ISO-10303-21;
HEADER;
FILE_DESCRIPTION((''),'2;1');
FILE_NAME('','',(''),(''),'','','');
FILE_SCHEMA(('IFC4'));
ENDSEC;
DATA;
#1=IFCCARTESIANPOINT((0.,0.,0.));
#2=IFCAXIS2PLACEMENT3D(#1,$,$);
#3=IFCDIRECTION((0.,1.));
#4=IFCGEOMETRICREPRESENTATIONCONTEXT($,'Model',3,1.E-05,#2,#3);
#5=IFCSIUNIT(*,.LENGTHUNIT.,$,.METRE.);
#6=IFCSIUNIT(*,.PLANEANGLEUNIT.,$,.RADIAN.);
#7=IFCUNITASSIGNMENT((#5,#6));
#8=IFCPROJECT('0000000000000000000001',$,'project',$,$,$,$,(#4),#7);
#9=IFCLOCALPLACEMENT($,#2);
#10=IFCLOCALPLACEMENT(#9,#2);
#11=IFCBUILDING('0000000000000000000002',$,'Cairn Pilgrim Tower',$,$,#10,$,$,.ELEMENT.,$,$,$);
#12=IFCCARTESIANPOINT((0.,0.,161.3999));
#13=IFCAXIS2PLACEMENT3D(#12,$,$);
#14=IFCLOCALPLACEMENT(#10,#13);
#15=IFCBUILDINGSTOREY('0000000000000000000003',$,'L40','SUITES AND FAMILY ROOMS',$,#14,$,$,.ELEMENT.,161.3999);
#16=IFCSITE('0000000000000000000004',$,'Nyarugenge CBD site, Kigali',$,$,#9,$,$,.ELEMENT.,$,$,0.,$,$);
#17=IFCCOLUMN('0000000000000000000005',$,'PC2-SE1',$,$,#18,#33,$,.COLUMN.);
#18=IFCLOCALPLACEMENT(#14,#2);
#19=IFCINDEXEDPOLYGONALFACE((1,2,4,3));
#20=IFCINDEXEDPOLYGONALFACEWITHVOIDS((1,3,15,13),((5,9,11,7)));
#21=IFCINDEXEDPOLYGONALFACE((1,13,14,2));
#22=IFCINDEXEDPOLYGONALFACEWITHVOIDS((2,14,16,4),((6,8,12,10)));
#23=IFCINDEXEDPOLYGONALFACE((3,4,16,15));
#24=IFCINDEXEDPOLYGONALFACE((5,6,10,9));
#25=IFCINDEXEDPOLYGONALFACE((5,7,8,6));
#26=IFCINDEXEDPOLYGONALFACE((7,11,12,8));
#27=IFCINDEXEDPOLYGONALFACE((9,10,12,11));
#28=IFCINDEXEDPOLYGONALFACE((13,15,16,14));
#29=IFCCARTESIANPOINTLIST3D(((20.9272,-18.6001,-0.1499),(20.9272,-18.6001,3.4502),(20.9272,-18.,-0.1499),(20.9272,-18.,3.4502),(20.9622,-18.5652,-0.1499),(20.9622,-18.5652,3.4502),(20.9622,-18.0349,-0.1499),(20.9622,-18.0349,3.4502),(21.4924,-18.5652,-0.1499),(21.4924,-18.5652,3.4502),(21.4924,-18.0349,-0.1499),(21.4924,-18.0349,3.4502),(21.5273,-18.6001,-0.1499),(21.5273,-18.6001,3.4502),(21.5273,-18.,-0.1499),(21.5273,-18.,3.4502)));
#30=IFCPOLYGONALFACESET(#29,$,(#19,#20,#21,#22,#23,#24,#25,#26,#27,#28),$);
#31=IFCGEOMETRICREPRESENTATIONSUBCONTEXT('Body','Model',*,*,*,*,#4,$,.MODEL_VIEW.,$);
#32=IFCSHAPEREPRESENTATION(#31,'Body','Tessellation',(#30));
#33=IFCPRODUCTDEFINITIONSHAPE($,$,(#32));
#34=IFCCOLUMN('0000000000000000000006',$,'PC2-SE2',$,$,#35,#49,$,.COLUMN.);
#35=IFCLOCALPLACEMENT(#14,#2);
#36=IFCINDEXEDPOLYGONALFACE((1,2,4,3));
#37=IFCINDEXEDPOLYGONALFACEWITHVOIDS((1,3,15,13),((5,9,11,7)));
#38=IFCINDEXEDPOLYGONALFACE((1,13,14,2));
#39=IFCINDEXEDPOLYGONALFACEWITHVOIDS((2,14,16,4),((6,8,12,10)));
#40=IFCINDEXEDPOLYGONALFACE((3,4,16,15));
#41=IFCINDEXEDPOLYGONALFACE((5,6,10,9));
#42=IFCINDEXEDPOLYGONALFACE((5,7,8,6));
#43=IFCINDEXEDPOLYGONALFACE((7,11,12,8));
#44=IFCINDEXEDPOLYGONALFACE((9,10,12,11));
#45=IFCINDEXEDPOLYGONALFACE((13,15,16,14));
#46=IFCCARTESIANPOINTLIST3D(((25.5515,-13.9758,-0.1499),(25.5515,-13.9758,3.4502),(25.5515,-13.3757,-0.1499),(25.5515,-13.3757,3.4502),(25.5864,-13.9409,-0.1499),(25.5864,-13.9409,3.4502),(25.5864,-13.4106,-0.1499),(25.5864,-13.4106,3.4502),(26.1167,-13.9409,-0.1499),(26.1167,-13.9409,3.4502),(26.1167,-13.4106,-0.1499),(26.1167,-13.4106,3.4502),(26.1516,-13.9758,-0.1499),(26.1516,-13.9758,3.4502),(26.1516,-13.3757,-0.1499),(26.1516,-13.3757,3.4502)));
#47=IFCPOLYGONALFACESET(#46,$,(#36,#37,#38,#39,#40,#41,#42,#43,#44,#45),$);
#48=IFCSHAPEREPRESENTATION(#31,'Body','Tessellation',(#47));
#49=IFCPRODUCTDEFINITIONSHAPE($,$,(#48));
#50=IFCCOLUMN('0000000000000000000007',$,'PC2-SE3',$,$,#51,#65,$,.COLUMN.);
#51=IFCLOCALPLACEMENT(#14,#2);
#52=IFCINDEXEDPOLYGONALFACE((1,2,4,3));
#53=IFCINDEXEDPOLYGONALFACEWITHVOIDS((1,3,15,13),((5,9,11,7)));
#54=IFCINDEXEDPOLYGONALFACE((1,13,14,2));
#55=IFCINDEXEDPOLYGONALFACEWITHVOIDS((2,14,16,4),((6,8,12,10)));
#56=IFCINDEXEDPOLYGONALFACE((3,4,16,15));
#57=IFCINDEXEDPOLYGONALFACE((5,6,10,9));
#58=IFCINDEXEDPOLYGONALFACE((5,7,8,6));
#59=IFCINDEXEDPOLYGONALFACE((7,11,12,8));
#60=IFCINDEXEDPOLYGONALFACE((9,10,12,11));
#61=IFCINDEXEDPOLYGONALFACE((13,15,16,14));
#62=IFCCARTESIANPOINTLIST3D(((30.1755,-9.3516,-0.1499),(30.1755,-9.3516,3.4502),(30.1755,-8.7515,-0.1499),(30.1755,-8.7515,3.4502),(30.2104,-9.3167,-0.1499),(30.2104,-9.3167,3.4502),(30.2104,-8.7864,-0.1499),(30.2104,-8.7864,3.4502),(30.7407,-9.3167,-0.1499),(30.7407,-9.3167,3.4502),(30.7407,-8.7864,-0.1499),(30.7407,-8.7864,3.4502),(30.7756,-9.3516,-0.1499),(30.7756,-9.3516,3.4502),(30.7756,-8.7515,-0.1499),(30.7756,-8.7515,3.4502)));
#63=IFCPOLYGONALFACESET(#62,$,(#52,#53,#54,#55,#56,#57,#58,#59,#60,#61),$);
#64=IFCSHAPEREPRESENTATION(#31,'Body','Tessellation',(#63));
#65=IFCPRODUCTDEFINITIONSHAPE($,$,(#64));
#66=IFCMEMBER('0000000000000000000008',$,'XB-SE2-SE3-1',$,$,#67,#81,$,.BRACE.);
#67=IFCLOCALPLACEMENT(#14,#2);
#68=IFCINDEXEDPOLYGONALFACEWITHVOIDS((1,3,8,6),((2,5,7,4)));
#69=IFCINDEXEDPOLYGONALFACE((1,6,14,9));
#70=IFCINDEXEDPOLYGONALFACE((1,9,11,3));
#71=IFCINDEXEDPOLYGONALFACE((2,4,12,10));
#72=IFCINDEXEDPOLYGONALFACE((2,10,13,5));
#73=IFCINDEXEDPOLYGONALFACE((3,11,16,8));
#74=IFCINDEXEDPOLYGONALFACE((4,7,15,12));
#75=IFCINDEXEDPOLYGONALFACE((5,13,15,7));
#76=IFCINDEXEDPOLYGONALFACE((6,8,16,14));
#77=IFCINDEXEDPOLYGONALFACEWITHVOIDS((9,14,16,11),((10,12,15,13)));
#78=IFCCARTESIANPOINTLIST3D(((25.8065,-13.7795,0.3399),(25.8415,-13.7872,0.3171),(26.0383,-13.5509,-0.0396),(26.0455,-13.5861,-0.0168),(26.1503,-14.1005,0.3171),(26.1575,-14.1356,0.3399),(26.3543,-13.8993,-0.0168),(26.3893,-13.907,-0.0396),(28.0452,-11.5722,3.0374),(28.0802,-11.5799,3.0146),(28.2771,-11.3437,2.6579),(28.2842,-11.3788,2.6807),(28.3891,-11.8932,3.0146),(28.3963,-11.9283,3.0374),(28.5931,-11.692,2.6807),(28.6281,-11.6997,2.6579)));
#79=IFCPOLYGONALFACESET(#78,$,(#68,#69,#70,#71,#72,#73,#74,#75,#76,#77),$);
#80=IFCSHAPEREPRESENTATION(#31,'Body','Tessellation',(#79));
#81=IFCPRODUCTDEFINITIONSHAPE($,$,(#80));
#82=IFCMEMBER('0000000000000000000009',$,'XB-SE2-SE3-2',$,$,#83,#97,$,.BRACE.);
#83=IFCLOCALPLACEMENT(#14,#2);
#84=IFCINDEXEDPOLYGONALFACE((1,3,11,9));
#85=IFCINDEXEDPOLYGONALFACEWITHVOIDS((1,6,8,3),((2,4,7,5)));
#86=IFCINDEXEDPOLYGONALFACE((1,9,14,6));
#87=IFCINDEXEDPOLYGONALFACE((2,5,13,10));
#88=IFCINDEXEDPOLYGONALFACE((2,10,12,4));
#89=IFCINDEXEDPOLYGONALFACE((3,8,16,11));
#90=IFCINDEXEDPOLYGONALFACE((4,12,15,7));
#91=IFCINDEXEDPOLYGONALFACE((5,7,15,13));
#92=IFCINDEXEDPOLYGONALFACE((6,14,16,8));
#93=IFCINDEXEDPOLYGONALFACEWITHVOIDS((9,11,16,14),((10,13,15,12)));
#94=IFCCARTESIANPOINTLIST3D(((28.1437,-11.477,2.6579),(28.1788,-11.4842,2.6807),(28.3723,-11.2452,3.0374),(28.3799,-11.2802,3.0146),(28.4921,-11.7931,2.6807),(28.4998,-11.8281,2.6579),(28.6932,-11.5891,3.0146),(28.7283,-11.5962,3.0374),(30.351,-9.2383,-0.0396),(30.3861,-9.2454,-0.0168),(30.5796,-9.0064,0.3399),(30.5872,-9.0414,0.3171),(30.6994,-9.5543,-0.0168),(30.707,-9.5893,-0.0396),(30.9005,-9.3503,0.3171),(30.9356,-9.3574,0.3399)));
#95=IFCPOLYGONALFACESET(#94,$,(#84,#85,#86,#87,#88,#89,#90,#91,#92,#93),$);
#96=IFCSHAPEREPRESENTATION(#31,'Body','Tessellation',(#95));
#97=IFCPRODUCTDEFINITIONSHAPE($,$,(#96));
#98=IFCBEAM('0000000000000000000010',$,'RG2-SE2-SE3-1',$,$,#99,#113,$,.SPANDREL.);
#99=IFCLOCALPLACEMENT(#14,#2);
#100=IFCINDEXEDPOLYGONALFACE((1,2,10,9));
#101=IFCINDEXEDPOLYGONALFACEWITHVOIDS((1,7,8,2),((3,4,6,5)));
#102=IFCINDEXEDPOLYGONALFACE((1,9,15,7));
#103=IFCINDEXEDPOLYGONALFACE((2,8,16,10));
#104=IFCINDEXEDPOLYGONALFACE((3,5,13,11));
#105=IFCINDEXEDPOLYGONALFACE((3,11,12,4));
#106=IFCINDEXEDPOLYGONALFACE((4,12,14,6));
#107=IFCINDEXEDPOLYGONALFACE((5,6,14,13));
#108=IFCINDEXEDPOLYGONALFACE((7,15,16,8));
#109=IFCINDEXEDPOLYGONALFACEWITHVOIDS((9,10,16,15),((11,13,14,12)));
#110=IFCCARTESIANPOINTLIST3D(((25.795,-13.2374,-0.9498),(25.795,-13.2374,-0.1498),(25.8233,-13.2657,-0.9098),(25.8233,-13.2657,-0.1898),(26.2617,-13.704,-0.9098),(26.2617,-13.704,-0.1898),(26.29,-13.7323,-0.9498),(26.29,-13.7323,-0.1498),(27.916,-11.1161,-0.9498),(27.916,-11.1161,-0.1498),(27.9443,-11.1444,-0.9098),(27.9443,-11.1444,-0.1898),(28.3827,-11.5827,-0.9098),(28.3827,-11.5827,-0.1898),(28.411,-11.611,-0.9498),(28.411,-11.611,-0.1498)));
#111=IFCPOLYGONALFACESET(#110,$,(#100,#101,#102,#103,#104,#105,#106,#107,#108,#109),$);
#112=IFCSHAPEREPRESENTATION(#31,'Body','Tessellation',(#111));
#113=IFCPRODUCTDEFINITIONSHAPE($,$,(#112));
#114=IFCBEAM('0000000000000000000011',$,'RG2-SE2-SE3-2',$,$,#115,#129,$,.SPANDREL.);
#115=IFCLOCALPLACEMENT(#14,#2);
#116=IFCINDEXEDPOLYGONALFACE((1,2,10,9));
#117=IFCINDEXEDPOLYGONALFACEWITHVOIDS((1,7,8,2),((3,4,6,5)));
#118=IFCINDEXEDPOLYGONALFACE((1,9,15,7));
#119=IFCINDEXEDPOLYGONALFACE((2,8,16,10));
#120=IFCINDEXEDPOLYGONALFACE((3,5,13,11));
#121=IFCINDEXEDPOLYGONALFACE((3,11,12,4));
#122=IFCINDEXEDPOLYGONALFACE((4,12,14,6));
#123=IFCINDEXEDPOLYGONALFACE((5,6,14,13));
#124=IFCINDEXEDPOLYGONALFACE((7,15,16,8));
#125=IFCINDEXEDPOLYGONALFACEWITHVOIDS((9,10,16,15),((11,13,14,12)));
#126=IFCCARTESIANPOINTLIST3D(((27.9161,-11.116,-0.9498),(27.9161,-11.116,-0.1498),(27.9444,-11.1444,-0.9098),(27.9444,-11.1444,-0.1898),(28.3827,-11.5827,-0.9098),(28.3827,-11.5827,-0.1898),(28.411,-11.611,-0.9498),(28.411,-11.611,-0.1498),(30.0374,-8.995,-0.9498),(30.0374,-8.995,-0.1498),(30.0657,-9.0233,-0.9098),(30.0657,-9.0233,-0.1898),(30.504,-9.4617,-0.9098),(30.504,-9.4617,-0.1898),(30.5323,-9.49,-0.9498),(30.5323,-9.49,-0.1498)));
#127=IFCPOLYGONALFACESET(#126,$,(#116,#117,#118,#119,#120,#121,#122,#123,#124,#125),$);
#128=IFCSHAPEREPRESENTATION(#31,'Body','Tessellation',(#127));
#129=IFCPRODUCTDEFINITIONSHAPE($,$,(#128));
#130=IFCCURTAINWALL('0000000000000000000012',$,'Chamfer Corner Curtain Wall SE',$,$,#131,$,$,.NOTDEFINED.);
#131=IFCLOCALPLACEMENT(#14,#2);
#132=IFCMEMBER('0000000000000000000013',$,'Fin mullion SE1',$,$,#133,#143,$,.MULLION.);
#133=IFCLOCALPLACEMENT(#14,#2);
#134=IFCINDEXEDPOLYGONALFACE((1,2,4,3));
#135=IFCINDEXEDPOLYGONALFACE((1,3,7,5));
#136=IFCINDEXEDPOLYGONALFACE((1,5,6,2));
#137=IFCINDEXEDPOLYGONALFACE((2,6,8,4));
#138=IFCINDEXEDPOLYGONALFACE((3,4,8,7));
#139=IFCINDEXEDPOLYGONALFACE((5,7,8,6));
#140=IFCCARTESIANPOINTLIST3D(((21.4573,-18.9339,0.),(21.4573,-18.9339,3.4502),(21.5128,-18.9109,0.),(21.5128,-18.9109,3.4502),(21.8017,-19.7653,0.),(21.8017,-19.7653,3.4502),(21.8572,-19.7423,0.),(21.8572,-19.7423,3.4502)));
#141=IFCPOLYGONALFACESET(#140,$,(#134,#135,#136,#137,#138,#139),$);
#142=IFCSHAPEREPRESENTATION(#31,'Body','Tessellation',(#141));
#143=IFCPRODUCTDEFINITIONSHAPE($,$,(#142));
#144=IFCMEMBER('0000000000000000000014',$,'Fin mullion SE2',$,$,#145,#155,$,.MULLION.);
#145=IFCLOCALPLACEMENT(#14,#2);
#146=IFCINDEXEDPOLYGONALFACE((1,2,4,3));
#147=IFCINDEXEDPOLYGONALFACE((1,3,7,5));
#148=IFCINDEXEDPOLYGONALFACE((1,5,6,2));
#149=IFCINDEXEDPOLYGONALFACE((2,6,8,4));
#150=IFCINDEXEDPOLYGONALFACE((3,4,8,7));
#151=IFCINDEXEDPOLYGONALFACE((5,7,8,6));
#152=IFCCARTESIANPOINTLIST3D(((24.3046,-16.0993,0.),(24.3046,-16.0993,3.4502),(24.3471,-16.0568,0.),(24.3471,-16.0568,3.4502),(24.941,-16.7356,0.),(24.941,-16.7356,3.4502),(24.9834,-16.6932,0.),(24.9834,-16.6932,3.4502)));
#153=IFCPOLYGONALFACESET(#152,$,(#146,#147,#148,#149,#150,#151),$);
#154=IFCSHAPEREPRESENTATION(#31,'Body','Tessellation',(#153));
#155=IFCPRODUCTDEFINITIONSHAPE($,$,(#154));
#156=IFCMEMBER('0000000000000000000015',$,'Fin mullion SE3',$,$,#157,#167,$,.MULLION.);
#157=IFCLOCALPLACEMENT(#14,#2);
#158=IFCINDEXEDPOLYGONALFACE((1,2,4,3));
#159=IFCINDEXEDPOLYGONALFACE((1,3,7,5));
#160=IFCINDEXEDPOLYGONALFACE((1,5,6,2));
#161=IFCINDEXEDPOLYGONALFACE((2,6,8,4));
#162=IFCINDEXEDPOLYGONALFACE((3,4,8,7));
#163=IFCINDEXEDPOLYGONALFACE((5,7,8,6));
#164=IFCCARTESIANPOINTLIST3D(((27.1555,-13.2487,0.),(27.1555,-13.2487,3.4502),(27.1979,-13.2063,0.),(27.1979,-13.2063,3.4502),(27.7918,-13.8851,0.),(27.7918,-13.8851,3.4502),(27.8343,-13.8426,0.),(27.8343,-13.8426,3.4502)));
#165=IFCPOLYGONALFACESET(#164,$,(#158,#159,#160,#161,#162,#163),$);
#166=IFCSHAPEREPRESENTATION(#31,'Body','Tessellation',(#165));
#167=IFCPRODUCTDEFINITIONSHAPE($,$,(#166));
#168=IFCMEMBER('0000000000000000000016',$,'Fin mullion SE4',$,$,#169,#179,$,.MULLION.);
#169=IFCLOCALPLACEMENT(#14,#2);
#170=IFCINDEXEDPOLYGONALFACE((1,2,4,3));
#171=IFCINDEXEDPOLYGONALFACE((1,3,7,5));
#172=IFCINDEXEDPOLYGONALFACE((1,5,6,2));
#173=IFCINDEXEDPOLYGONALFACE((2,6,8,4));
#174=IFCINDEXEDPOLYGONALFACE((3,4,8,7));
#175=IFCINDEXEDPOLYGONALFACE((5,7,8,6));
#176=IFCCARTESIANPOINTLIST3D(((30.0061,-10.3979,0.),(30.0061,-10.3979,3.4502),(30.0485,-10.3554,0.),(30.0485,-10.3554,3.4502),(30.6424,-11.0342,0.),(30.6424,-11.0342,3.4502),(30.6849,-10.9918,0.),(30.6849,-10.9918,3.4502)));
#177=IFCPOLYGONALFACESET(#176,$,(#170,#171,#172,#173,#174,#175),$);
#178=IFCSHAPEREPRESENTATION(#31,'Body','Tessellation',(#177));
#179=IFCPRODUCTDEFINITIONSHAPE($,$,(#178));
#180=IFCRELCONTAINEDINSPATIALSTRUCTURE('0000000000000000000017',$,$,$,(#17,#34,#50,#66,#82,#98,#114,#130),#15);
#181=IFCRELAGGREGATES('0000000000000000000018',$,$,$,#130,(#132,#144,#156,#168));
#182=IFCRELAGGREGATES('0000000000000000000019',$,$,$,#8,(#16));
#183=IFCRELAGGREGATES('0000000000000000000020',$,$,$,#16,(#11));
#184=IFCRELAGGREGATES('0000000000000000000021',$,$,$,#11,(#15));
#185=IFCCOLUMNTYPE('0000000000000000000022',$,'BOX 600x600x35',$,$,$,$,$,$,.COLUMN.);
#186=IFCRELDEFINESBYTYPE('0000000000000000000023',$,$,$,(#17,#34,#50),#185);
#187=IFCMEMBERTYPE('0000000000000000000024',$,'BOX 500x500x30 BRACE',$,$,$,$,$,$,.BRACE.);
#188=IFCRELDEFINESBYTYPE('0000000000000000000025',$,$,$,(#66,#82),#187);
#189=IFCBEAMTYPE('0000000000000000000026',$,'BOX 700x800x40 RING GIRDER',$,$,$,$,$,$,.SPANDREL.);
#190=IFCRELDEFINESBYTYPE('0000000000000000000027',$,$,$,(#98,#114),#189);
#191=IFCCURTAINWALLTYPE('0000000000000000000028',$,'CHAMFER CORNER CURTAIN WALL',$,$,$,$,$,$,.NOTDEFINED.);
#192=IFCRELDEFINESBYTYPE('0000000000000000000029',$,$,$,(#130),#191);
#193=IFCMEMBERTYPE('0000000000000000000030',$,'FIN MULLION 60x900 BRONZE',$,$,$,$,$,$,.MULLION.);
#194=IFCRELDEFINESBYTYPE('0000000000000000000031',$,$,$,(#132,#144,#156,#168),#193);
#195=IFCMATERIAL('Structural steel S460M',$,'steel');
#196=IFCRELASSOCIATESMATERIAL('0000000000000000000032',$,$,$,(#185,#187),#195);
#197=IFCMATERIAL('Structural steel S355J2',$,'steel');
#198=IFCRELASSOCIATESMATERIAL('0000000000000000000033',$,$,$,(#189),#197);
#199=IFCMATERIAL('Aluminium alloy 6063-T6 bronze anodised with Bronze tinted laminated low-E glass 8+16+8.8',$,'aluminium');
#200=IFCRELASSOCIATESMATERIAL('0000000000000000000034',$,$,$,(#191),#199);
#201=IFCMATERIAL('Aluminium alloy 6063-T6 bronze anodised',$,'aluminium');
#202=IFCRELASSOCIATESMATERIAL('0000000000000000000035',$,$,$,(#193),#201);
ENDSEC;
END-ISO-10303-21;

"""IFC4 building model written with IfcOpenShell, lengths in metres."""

from ifc_helpers import new_model, si_unit, direction, frame, origin, origin_2d, place, context, subcontext, project, spatial, rectangle, hollow_rectangle, extrude, material, material_profile, profile_set, type_object, element, aggregate, save


model = new_model("IFC4")

# Units and contexts
model_context = context("Model", 3, precision=1e-05, world=origin(), true_north=direction((0.0, 1.0)))
body_context = subcontext(model_context, "Body", "Model", "MODEL_VIEW")
ifc_project = project(units=[si_unit("LENGTHUNIT", "METRE"), si_unit("PLANEANGLEUNIT", "RADIAN")], contexts=[model_context])

# Site, building, storey
site_placement = place(None, origin())
site = spatial("IfcSite", under=ifc_project, at=site_placement, Name="Nyarugenge CBD site, Kigali", CompositionType="ELEMENT", RefElevation=0.0)
building_placement = place(site_placement, origin())
building = spatial("IfcBuilding", under=site, at=building_placement, Name="Cairn Pilgrim Tower", CompositionType="ELEMENT")
storey_placement = place(building_placement, frame((0.0, 0.0, 161.3999)))
storey = spatial("IfcBuildingStorey", under=building, at=storey_placement, Name="L40", Description="SUITES AND FAMILY ROOMS", CompositionType="ELEMENT", Elevation=161.3999)

# Columns
ifc_material_1 = material(Name="Structural steel S460M", Category="steel")
ifc_material_profile_1 = material_profile(ifc_material_1, hollow_rectangle(XDim=0.6001, YDim=0.6001, WallThickness=0.0349, at=origin_2d()), Name="BOX 600x600x35")
ifc_profile_set_1 = profile_set([ifc_material_profile_1], Name="Structural steel S460M")
column_type = type_object("IfcColumnType", Name="BOX 600x600x35", PredefinedType="COLUMN", material=ifc_profile_set_1)
for number, where, z_axis, x_axis, name in (
    (1, (21.2273, -18.3, -0.1499), (0.0, 0.0, 1.0), (1.0, 0.0, 0.0), "PC2-SE1"),
    (2, (25.8516, -13.6758, -0.1499), (0.0, 0.0, 1.0), (1.0, 0.0, 0.0), "PC2-SE2"),
    (3, (30.4756, -9.0515, -0.1499), (0.0, 0.0, 1.0), (1.0, 0.0, 0.0), "PC2-SE3"),
):
    element("IfcColumn", number, at=place(storey_placement, frame(where, z_axis=z_axis, x_axis=x_axis)), inside=storey, type_object=column_type, Name=name, PredefinedType="COLUMN", context=body_context, shape_type="SweptSolid", body=[
        extrude(hollow_rectangle(XDim=0.6001, YDim=0.6001, WallThickness=0.0349, at=origin_2d()), origin(), (0.0, 0.0, 1.0), 3.6001),
    ])

# Members
ifc_material_profile_2 = material_profile(ifc_material_1, hollow_rectangle(XDim=0.5, YDim=0.5, WallThickness=0.03, at=origin_2d()), Name="BOX 500x500x30")
ifc_profile_set_2 = profile_set([ifc_material_profile_2], Name="Structural steel S460M")
member_type_1 = type_object("IfcMemberType", Name="BOX 500x500x30 BRACE", PredefinedType="BRACE", material=ifc_profile_set_2)
for number, where, z_axis, x_axis, name in (
    (4, (26.0979, -13.8433, 0.1501), (0.540433, 0.53283, 0.651171), (-0.70208, 0.712098, 0.0), "XB-SE2-SE3-1"),
    (5, (30.6433, -9.2979, 0.1501), (-0.53283, -0.540433, 0.651171), (0.712098, -0.70208, 0.0), "XB-SE2-SE3-2"),
):
    element("IfcMember", number, at=place(storey_placement, frame(where, z_axis=z_axis, x_axis=x_axis)), inside=storey, type_object=member_type_1, Name=name, PredefinedType="BRACE", context=body_context, shape_type="SweptSolid", body=[
        extrude(hollow_rectangle(XDim=0.5, YDim=0.5, WallThickness=0.03, at=origin_2d()), origin(), (0.0, 0.0, 1.0), 4.1426),
    ])

# Beams
ifc_material_2 = material(Name="Structural steel S355J2", Category="steel")
ifc_material_profile_3 = material_profile(ifc_material_2, hollow_rectangle(XDim=0.7, YDim=0.8, WallThickness=0.04, at=origin_2d()), Name="BOX 700x800x40")
ifc_profile_set_3 = profile_set([ifc_material_profile_3], Name="Structural steel S355J2")
beam_type_1 = type_object("IfcBeamType", Name="BOX 700x800x40 RING GIRDER", PredefinedType="SPANDREL", material=ifc_profile_set_3)
for number, where, z_axis, x_axis, name in (
    (6, (26.0425, -13.4849, -0.5498), (0.707066, 0.707147, 0.0), (-0.707147, 0.707066, 0.0), "RG2-SE2-SE3-1"),
    (7, (28.1636, -11.3635, -0.5498), (0.707147, 0.707066, 0.0), (-0.707066, 0.707147, 0.0), "RG2-SE2-SE3-2"),
):
    element("IfcBeam", number, at=place(storey_placement, frame(where, z_axis=z_axis, x_axis=x_axis)), inside=storey, type_object=beam_type_1, Name=name, PredefinedType="SPANDREL", context=body_context, shape_type="SweptSolid", body=[
        extrude(hollow_rectangle(XDim=0.7, YDim=0.8, WallThickness=0.04, at=origin_2d()), origin(), (0.0, 0.0, 1.0), 2.9998),
    ])

# Curtain wall, members
ifc_material_3 = material(Name="Aluminium alloy 6063-T6 bronze anodised with Bronze tinted laminated low-E glass 8+16+8.8", Category="aluminium")
curtain_wall_type = type_object("IfcCurtainWallType", Name="CHAMFER CORNER CURTAIN WALL", PredefinedType="NOTDEFINED", material=ifc_material_3)
curtain_wall_placement = place(storey_placement, origin())
curtain_wall = element("IfcCurtainWall", 8, at=curtain_wall_placement, inside=storey, type_object=curtain_wall_type, Name="Chamfer Corner Curtain Wall SE", PredefinedType="NOTDEFINED")
ifc_material_4 = material(Name="Aluminium alloy 6063-T6 bronze anodised", Category="aluminium")
ifc_material_profile_4 = material_profile(ifc_material_4, rectangle(XDim=0.8999, YDim=0.0601, at=origin_2d()), Name="FIN MULLION 60x900 BRONZE")
ifc_profile_set_4 = profile_set([ifc_material_profile_4], Name="Aluminium alloy 6063-T6 bronze anodised")
member_type_2 = type_object("IfcMemberType", Name="FIN MULLION 60x900 BRONZE", PredefinedType="MULLION", material=ifc_profile_set_4)
member_1_placement = place(storey_placement, frame((21.6572, -19.3381, 0.0), z_axis=(0.0, 0.0, 1.0), x_axis=(0.382683, -0.92388, 0.0)))
member_1 = element("IfcMember", 9, at=member_1_placement, type_object=member_type_2, Name="Fin mullion SE1", PredefinedType="MULLION", context=body_context, shape_type="SweptSolid", body=[
    extrude(rectangle(XDim=0.8999, YDim=0.0601, at=origin_2d()), origin(), (0.0, 0.0, 1.0), 3.4502),
])
member_2_placement = place(storey_placement, frame((24.644, -16.3962, 0.0), z_axis=(0.0, 0.0, 1.0), x_axis=(0.707107, -0.707107, 0.0)))
member_2 = element("IfcMember", 10, at=member_2_placement, type_object=member_type_2, Name="Fin mullion SE2", PredefinedType="MULLION", context=body_context, shape_type="SweptSolid", body=[
    extrude(rectangle(XDim=0.8999, YDim=0.0601, at=origin_2d()), origin(), (0.0, 0.0, 1.0), 3.4502),
])
member_3_placement = place(storey_placement, frame((27.4949, -13.5457, 0.0), z_axis=(0.0, 0.0, 1.0), x_axis=(0.707107, -0.707107, 0.0)))
member_3 = element("IfcMember", 11, at=member_3_placement, type_object=member_type_2, Name="Fin mullion SE3", PredefinedType="MULLION", context=body_context, shape_type="SweptSolid", body=[
    extrude(rectangle(XDim=0.8999, YDim=0.0601, at=origin_2d()), origin(), (0.0, 0.0, 1.0), 3.4502),
])
member_4_placement = place(storey_placement, frame((30.3455, -10.6948, 0.0), z_axis=(0.0, 0.0, 1.0), x_axis=(0.707107, -0.707107, 0.0)))
member_4 = element("IfcMember", 12, at=member_4_placement, type_object=member_type_2, Name="Fin mullion SE4", PredefinedType="MULLION", context=body_context, shape_type="SweptSolid", body=[
    extrude(rectangle(XDim=0.8999, YDim=0.0601, at=origin_2d()), origin(), (0.0, 0.0, 1.0), 3.4502),
])

aggregate(curtain_wall, [member_1, member_2, member_3, member_4])

save(model, "model.ifc")
